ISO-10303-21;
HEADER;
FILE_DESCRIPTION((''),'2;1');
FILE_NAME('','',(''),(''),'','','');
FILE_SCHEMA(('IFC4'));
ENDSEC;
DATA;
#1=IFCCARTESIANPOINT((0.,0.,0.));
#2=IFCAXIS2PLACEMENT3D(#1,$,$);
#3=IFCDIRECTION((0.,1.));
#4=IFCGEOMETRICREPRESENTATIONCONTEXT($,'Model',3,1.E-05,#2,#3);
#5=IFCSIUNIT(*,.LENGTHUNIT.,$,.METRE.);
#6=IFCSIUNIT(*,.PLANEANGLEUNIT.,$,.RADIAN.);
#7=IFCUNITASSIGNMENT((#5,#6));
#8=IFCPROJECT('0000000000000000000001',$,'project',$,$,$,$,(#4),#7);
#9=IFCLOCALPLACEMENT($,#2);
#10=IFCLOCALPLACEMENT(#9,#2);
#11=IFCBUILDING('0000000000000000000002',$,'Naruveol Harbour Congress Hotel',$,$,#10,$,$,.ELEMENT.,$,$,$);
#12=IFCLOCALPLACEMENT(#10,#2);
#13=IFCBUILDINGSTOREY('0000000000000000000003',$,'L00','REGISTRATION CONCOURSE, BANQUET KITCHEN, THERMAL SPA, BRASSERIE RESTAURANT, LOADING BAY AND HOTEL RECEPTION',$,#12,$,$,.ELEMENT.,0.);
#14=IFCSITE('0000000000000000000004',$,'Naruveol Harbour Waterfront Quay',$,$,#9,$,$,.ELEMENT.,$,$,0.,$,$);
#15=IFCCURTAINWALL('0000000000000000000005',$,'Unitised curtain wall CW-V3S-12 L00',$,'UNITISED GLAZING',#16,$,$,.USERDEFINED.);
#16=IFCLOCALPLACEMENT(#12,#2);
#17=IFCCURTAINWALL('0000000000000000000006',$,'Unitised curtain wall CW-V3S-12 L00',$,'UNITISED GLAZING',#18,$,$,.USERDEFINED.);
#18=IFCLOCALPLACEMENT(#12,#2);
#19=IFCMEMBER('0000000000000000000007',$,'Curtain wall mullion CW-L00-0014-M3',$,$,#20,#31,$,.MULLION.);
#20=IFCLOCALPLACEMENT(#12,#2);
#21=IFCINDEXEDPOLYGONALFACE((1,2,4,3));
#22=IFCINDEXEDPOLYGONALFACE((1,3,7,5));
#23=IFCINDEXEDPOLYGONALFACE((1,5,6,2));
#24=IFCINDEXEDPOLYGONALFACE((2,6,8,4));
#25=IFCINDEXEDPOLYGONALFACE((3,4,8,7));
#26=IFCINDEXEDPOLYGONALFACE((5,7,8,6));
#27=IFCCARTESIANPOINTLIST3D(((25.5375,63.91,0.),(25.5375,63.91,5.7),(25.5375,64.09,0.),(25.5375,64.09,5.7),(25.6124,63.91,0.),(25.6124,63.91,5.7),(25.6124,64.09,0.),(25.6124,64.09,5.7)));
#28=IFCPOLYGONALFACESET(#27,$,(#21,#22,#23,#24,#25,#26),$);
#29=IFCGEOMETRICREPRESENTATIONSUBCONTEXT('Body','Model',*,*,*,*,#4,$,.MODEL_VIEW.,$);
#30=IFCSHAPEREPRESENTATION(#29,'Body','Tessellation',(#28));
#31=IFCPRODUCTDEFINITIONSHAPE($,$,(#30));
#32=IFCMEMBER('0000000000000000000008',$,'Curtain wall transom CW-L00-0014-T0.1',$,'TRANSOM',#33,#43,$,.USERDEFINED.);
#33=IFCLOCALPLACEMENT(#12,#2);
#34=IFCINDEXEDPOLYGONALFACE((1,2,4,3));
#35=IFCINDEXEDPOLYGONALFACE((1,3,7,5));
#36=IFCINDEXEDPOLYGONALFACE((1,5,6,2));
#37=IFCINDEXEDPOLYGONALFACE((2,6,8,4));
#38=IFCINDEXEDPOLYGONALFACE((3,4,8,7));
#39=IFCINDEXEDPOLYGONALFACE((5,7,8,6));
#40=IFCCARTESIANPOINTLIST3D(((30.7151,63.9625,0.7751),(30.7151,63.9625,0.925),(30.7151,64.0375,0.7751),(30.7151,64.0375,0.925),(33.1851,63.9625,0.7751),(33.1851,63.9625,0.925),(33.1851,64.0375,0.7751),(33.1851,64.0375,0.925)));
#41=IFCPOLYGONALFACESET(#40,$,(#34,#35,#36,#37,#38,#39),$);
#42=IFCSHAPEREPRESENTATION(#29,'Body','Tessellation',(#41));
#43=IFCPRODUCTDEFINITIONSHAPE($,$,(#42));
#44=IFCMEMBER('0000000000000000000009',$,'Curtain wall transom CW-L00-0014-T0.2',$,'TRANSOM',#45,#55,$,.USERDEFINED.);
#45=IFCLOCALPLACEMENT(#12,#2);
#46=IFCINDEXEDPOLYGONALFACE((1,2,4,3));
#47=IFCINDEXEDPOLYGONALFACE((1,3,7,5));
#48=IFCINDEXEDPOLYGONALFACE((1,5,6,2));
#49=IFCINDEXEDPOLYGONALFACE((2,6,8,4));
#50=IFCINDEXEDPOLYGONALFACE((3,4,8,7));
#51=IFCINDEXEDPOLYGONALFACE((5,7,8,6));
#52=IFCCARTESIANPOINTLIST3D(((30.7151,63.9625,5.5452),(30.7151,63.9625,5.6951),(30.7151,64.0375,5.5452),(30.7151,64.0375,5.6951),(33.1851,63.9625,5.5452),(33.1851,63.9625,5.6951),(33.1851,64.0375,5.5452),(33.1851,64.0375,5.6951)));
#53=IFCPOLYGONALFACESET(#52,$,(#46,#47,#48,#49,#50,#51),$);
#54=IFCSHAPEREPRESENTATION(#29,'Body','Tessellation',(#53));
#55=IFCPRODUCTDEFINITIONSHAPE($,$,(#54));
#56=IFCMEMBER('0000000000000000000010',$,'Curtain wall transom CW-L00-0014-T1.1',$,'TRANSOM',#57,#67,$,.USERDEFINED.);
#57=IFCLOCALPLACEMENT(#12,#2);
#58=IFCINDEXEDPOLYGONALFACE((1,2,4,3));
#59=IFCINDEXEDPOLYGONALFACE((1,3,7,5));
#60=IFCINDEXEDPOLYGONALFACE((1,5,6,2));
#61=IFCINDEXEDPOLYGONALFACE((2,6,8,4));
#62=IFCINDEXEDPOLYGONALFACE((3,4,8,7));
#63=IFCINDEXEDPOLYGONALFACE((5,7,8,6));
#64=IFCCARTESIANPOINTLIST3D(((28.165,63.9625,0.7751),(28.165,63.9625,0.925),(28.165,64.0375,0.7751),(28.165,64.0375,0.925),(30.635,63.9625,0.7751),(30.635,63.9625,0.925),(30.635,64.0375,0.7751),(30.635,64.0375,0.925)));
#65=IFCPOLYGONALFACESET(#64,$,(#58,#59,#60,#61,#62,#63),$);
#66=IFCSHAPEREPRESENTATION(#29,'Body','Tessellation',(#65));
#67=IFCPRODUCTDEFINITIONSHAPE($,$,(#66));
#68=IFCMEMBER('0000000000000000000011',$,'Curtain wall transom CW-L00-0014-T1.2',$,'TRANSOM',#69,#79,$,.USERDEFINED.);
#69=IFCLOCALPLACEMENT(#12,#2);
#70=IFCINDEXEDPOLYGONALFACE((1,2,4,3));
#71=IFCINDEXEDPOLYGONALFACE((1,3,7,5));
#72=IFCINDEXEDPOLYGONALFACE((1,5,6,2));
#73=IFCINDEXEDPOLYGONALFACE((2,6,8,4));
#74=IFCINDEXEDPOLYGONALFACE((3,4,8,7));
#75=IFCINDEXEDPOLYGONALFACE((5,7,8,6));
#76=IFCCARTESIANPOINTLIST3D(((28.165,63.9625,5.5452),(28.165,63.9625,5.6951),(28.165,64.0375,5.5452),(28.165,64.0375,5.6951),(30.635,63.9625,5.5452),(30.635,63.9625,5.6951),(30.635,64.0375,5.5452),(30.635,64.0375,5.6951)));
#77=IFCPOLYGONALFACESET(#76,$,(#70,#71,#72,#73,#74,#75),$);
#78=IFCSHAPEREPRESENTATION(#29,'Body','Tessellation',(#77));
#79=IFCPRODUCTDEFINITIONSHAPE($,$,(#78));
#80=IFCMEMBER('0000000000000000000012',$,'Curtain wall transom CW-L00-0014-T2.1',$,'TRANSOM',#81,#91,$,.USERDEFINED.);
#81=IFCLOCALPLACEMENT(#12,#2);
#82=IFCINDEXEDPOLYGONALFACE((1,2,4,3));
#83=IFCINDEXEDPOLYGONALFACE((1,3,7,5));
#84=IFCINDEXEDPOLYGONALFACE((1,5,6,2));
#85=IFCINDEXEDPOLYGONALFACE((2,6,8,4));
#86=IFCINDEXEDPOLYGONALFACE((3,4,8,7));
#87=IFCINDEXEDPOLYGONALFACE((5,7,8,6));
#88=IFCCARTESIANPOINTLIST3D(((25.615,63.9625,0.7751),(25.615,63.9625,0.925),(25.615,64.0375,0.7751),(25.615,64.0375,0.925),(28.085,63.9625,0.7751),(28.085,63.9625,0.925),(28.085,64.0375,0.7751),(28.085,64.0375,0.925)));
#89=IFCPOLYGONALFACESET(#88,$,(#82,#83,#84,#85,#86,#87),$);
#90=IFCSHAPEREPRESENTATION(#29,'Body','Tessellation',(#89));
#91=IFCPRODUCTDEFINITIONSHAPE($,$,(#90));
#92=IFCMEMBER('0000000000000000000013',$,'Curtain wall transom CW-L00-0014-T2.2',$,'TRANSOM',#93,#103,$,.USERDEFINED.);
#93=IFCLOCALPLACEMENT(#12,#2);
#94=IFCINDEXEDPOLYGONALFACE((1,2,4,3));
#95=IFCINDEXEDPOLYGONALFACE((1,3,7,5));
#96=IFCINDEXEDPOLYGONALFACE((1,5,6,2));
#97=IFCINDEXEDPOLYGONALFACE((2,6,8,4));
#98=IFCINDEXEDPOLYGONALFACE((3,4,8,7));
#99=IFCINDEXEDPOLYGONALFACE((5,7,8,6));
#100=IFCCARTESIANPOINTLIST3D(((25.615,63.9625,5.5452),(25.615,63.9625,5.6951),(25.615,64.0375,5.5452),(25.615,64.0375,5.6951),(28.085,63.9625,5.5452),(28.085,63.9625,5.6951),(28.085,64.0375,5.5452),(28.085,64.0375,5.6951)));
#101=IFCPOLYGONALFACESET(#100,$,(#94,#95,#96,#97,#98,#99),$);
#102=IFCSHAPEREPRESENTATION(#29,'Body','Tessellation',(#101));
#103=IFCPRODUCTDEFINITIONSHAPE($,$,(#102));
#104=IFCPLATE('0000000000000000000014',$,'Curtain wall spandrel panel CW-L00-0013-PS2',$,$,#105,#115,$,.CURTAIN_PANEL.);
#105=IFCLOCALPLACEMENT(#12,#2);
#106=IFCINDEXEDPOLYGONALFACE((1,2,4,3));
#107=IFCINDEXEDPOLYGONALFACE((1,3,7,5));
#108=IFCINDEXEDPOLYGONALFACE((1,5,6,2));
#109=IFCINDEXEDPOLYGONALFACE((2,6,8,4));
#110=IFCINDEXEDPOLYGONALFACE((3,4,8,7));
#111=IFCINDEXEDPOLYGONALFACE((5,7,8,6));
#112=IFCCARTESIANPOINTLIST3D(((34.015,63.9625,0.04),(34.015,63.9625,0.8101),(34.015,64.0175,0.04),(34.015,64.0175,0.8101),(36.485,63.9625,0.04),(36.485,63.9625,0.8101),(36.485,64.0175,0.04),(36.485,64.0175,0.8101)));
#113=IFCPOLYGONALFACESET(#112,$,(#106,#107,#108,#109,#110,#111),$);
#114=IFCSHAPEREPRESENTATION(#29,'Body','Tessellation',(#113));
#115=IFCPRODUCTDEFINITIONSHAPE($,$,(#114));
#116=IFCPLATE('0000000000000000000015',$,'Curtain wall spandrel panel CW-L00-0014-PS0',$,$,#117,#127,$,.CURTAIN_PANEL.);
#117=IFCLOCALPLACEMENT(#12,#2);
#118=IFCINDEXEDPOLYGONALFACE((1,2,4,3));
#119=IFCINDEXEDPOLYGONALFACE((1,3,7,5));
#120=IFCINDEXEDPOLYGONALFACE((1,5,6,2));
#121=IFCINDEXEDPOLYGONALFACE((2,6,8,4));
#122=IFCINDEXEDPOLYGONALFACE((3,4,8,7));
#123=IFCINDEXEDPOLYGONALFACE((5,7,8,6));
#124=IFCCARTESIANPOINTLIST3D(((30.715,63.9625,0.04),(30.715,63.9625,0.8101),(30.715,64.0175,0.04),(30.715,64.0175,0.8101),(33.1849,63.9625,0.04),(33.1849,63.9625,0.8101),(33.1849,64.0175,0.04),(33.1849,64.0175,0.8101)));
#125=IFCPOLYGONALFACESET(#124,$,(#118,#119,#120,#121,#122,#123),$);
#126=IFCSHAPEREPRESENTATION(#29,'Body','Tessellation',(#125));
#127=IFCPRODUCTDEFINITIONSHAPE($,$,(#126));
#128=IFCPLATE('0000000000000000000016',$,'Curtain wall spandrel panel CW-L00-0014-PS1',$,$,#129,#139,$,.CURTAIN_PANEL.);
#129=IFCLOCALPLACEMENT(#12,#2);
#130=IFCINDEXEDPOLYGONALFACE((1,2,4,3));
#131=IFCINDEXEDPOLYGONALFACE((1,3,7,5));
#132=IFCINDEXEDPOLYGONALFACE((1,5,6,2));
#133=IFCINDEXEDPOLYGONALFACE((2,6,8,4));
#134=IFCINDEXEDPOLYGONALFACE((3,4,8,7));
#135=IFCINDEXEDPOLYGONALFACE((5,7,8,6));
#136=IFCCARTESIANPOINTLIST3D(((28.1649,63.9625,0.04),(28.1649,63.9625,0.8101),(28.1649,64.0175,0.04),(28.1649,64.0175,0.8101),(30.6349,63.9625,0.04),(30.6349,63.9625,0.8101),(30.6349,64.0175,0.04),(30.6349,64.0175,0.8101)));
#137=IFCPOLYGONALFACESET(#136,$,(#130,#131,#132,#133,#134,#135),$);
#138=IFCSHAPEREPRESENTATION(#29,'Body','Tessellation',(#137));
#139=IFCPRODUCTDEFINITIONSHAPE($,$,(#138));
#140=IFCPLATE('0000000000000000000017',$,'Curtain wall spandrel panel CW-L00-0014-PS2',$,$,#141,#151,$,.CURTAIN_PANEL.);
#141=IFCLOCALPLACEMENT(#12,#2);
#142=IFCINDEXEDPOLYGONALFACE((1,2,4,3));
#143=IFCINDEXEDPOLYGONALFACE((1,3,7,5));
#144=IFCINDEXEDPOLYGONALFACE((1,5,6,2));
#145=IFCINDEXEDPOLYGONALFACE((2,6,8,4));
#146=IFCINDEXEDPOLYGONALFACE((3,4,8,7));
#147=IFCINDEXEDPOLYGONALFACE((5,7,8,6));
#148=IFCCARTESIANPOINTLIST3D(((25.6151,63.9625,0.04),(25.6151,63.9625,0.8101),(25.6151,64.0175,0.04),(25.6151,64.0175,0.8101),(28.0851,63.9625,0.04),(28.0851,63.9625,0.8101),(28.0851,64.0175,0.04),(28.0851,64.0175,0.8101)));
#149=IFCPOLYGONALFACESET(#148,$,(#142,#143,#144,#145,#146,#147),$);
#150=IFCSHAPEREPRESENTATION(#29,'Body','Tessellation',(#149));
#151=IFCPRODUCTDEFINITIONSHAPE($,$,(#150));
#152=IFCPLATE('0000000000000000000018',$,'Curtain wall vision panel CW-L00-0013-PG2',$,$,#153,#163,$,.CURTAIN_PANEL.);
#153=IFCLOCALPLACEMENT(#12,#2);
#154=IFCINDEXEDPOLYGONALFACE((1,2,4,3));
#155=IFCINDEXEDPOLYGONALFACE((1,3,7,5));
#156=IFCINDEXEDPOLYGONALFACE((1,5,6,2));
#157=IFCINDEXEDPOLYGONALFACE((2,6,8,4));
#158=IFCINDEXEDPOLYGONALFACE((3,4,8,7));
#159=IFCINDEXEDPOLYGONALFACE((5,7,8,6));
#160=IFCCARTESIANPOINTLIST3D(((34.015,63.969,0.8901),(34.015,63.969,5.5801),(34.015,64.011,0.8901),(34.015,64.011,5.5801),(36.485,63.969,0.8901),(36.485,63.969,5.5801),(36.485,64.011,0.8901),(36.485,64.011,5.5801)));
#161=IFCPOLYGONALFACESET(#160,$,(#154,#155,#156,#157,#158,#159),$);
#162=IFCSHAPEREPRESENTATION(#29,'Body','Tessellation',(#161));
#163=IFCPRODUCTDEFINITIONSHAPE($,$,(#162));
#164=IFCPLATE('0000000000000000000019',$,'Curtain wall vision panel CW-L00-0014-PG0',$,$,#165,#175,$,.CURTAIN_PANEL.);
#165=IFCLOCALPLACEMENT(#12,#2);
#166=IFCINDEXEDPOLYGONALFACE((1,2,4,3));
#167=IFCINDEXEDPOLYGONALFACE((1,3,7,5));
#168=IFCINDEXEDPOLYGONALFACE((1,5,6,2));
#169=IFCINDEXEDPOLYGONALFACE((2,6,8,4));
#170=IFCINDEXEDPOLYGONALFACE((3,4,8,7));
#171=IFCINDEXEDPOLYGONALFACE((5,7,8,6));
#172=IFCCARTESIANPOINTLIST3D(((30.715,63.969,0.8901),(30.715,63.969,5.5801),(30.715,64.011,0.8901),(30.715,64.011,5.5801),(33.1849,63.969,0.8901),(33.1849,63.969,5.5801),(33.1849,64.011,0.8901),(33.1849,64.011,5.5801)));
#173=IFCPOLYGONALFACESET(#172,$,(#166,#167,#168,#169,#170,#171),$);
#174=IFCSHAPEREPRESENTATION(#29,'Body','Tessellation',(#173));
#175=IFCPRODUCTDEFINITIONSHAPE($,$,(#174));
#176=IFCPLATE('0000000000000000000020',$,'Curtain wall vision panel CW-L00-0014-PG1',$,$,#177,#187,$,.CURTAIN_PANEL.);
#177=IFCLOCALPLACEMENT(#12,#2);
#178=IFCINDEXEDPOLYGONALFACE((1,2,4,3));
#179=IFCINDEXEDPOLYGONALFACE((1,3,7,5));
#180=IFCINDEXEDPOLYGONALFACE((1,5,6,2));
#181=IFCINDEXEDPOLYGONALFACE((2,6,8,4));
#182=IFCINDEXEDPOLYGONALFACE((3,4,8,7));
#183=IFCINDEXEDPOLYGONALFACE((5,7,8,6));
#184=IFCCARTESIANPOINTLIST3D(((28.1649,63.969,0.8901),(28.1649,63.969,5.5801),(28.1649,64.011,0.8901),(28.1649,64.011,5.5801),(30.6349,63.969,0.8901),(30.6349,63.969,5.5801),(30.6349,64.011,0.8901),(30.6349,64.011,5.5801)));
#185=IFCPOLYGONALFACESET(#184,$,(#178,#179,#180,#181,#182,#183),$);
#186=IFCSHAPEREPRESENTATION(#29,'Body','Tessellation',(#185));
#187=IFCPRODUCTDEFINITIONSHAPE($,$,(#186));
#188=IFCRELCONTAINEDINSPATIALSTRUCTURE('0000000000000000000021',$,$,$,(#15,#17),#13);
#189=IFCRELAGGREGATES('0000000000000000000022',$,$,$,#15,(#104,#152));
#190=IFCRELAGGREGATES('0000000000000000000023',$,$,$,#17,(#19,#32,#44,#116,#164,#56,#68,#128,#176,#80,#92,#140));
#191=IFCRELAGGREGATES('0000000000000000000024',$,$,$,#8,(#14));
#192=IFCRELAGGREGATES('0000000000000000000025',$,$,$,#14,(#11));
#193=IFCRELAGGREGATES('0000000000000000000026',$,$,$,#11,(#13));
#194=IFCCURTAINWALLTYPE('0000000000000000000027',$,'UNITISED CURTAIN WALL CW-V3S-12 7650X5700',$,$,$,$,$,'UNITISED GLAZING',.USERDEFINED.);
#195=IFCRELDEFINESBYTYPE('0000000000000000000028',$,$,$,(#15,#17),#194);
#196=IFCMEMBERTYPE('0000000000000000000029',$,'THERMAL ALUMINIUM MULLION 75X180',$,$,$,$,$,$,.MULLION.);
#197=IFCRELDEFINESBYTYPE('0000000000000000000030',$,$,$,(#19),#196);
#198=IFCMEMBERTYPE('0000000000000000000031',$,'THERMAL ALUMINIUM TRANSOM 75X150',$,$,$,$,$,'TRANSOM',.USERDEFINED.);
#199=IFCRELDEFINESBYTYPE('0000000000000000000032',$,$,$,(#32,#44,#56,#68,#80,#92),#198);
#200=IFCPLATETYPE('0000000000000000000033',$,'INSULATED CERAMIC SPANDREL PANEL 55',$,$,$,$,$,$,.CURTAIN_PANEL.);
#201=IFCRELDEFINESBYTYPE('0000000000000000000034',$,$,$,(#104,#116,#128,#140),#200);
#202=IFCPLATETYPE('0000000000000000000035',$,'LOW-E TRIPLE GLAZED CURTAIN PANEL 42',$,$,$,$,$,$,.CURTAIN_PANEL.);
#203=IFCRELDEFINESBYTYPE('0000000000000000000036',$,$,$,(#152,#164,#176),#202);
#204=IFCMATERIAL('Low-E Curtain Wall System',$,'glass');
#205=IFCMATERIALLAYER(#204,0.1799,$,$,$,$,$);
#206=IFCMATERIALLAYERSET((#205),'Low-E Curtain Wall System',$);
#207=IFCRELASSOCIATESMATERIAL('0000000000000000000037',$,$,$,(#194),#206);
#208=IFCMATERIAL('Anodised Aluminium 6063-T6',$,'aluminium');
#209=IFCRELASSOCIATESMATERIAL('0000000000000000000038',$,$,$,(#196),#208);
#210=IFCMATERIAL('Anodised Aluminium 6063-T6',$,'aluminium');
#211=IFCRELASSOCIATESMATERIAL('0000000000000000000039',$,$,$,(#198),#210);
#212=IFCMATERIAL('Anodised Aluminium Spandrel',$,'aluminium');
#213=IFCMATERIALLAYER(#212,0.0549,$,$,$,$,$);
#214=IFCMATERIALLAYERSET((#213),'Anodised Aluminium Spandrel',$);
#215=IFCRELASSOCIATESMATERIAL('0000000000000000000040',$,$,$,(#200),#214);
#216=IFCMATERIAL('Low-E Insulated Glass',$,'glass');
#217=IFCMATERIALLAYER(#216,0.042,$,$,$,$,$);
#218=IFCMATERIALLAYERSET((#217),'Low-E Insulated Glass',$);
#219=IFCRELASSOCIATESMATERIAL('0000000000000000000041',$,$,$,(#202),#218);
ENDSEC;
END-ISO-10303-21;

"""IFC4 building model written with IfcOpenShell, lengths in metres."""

from ifc_helpers import new_model, si_unit, direction, frame, origin, origin_2d, place, context, subcontext, project, spatial, rectangle, extrude, material, layer, layer_set, material_profile, profile_set, type_object, element, aggregate, save


model = new_model("IFC4")

# Units and contexts
model_context = context("Model", 3, precision=1e-05, world=origin(), true_north=direction((0.0, 1.0)))
body_context = subcontext(model_context, "Body", "Model", "MODEL_VIEW")
ifc_project = project(units=[si_unit("LENGTHUNIT", "METRE"), si_unit("PLANEANGLEUNIT", "RADIAN")], contexts=[model_context])

# Site, building, storey
site_placement = place(None, origin())
site = spatial("IfcSite", under=ifc_project, at=site_placement, Name="Naruveol Harbour Waterfront Quay", CompositionType="ELEMENT", RefElevation=0.0)
building_placement = place(site_placement, origin())
building = spatial("IfcBuilding", under=site, at=building_placement, Name="Naruveol Harbour Congress Hotel", CompositionType="ELEMENT")
storey_placement = place(building_placement, origin())
storey = spatial("IfcBuildingStorey", under=building, at=storey_placement, Name="L00", Description="REGISTRATION CONCOURSE, BANQUET KITCHEN, THERMAL SPA, BRASSERIE RESTAURANT, LOADING BAY AND HOTEL RECEPTION", CompositionType="ELEMENT", Elevation=0.0)

# Curtain wall
ifc_material_1 = material(Name="Low-E Curtain Wall System", Category="glass")
ifc_layer_1 = layer(ifc_material_1, 0.1799)
ifc_layer_set_1 = layer_set([ifc_layer_1], Name="Low-E Curtain Wall System")
curtain_wall_type = type_object("IfcCurtainWallType", Name="UNITISED CURTAIN WALL CW-V3S-12 7650X5700", ElementType="UNITISED GLAZING", PredefinedType="USERDEFINED", material=ifc_layer_set_1)
curtain_wall_1_placement = place(storey_placement, origin())
curtain_wall_1 = element("IfcCurtainWall", 1, at=curtain_wall_1_placement, inside=storey, type_object=curtain_wall_type, Name="Unitised curtain wall CW-V3S-12 L00", ObjectType="UNITISED GLAZING", PredefinedType="USERDEFINED")
ifc_material_2 = material(Name="Anodised Aluminium 6063-T6", Category="aluminium")
ifc_material_profile_1 = material_profile(ifc_material_2, rectangle(XDim=0.075, YDim=0.1799, at=origin_2d()), Name="ALU-75x180")
ifc_profile_set_1 = profile_set([ifc_material_profile_1], Name="Anodised Aluminium 6063-T6")
member_type_1 = type_object("IfcMemberType", Name="THERMAL ALUMINIUM MULLION 75X180", PredefinedType="MULLION", material=ifc_profile_set_1)

# Curtain wall, members
curtain_wall_2_placement = place(storey_placement, origin())
curtain_wall_2 = element("IfcCurtainWall", 2, at=curtain_wall_2_placement, inside=storey, type_object=curtain_wall_type, Name="Unitised curtain wall CW-V3S-12 L00", ObjectType="UNITISED GLAZING", PredefinedType="USERDEFINED")
member_1_placement = place(storey_placement, frame((25.575, 64.0, 0.0), z_axis=(0.0, 0.0, 1.0), x_axis=(1.0, 0.0, 0.0)))
member_1 = element("IfcMember", 3, at=member_1_placement, type_object=member_type_1, Name="Curtain wall mullion CW-L00-0014-M3", PredefinedType="MULLION", context=body_context, shape_type="SweptSolid", body=[
    extrude(rectangle(XDim=0.075, YDim=0.1799, at=origin_2d()), origin(), (0.0, 0.0, 1.0), 5.7),
])
ifc_material_3 = material(Name="Anodised Aluminium 6063-T6", Category="aluminium")
ifc_material_profile_2 = material_profile(ifc_material_3, rectangle(XDim=0.075, YDim=0.1499, at=origin_2d()), Name="ALU-75x150")
ifc_profile_set_2 = profile_set([ifc_material_profile_2], Name="Anodised Aluminium 6063-T6")
member_type_2 = type_object("IfcMemberType", Name="THERMAL ALUMINIUM TRANSOM 75X150", ElementType="TRANSOM", PredefinedType="USERDEFINED", material=ifc_profile_set_2)
member_2_placement = place(storey_placement, frame((33.1851, 64.0, 0.8501), z_axis=(-1.0, 0.0, 0.0), x_axis=(0.0, -1.0, 0.0)))
member_2 = element("IfcMember", 4, at=member_2_placement, type_object=member_type_2, Name="Curtain wall transom CW-L00-0014-T0.1", ObjectType="TRANSOM", PredefinedType="USERDEFINED", context=body_context, shape_type="SweptSolid", body=[
    extrude(rectangle(XDim=0.075, YDim=0.1499, at=origin_2d()), origin(), (0.0, 0.0, 1.0), 2.47),
])
member_3_placement = place(storey_placement, frame((33.1851, 64.0, 5.6201), z_axis=(-1.0, 0.0, 0.0), x_axis=(0.0, -1.0, 0.0)))
member_3 = element("IfcMember", 5, at=member_3_placement, type_object=member_type_2, Name="Curtain wall transom CW-L00-0014-T0.2", ObjectType="TRANSOM", PredefinedType="USERDEFINED", context=body_context, shape_type="SweptSolid", body=[
    extrude(rectangle(XDim=0.075, YDim=0.1499, at=origin_2d()), origin(), (0.0, 0.0, 1.0), 2.47),
])
member_4_placement = place(storey_placement, frame((30.635, 64.0, 0.8501), z_axis=(-1.0, 0.0, 0.0), x_axis=(0.0, -1.0, 0.0)))
member_4 = element("IfcMember", 6, at=member_4_placement, type_object=member_type_2, Name="Curtain wall transom CW-L00-0014-T1.1", ObjectType="TRANSOM", PredefinedType="USERDEFINED", context=body_context, shape_type="SweptSolid", body=[
    extrude(rectangle(XDim=0.075, YDim=0.1499, at=origin_2d()), origin(), (0.0, 0.0, 1.0), 2.47),
])
member_5_placement = place(storey_placement, frame((30.635, 64.0, 5.6201), z_axis=(-1.0, 0.0, 0.0), x_axis=(0.0, -1.0, 0.0)))
member_5 = element("IfcMember", 7, at=member_5_placement, type_object=member_type_2, Name="Curtain wall transom CW-L00-0014-T1.2", ObjectType="TRANSOM", PredefinedType="USERDEFINED", context=body_context, shape_type="SweptSolid", body=[
    extrude(rectangle(XDim=0.075, YDim=0.1499, at=origin_2d()), origin(), (0.0, 0.0, 1.0), 2.47),
])
member_6_placement = place(storey_placement, frame((28.085, 64.0, 0.8501), z_axis=(-1.0, 0.0, 0.0), x_axis=(0.0, -1.0, 0.0)))
member_6 = element("IfcMember", 8, at=member_6_placement, type_object=member_type_2, Name="Curtain wall transom CW-L00-0014-T2.1", ObjectType="TRANSOM", PredefinedType="USERDEFINED", context=body_context, shape_type="SweptSolid", body=[
    extrude(rectangle(XDim=0.075, YDim=0.1499, at=origin_2d()), origin(), (0.0, 0.0, 1.0), 2.47),
])
member_7_placement = place(storey_placement, frame((28.085, 64.0, 5.6201), z_axis=(-1.0, 0.0, 0.0), x_axis=(0.0, -1.0, 0.0)))
member_7 = element("IfcMember", 9, at=member_7_placement, type_object=member_type_2, Name="Curtain wall transom CW-L00-0014-T2.2", ObjectType="TRANSOM", PredefinedType="USERDEFINED", context=body_context, shape_type="SweptSolid", body=[
    extrude(rectangle(XDim=0.075, YDim=0.1499, at=origin_2d()), origin(), (0.0, 0.0, 1.0), 2.47),
])

# Plates
ifc_material_4 = material(Name="Anodised Aluminium Spandrel", Category="aluminium")
ifc_layer_2 = layer(ifc_material_4, 0.0549)
ifc_layer_set_2 = layer_set([ifc_layer_2], Name="Anodised Aluminium Spandrel")
plate_type_1 = type_object("IfcPlateType", Name="INSULATED CERAMIC SPANDREL PANEL 55", PredefinedType="CURTAIN_PANEL", material=ifc_layer_set_2)
plate_1_placement = place(storey_placement, frame((35.25, 63.99, 0.04), z_axis=(0.0, 0.0, 1.0), x_axis=(-1.0, 0.0, 0.0)))
plate_1 = element("IfcPlate", 10, at=plate_1_placement, type_object=plate_type_1, Name="Curtain wall spandrel panel CW-L00-0013-PS2", PredefinedType="CURTAIN_PANEL", context=body_context, shape_type="SweptSolid", body=[
    extrude(rectangle(XDim=2.47, YDim=0.0549, at=origin_2d()), origin(), (0.0, 0.0, 1.0), 0.77),
])
plate_2_placement = place(storey_placement, frame((31.95, 63.99, 0.04), z_axis=(0.0, 0.0, 1.0), x_axis=(-1.0, 0.0, 0.0)))
plate_2 = element("IfcPlate", 11, at=plate_2_placement, type_object=plate_type_1, Name="Curtain wall spandrel panel CW-L00-0014-PS0", PredefinedType="CURTAIN_PANEL", context=body_context, shape_type="SweptSolid", body=[
    extrude(rectangle(XDim=2.47, YDim=0.0549, at=origin_2d()), origin(), (0.0, 0.0, 1.0), 0.77),
])
plate_3_placement = place(storey_placement, frame((29.3999, 63.99, 0.04), z_axis=(0.0, 0.0, 1.0), x_axis=(-1.0, 0.0, 0.0)))
plate_3 = element("IfcPlate", 12, at=plate_3_placement, type_object=plate_type_1, Name="Curtain wall spandrel panel CW-L00-0014-PS1", PredefinedType="CURTAIN_PANEL", context=body_context, shape_type="SweptSolid", body=[
    extrude(rectangle(XDim=2.47, YDim=0.0549, at=origin_2d()), origin(), (0.0, 0.0, 1.0), 0.77),
])
plate_4_placement = place(storey_placement, frame((26.8501, 63.99, 0.04), z_axis=(0.0, 0.0, 1.0), x_axis=(-1.0, 0.0, 0.0)))
plate_4 = element("IfcPlate", 13, at=plate_4_placement, type_object=plate_type_1, Name="Curtain wall spandrel panel CW-L00-0014-PS2", PredefinedType="CURTAIN_PANEL", context=body_context, shape_type="SweptSolid", body=[
    extrude(rectangle(XDim=2.47, YDim=0.0549, at=origin_2d()), origin(), (0.0, 0.0, 1.0), 0.77),
])
ifc_material_5 = material(Name="Low-E Insulated Glass", Category="glass")
ifc_layer_3 = layer(ifc_material_5, 0.042)
ifc_layer_set_3 = layer_set([ifc_layer_3], Name="Low-E Insulated Glass")
plate_type_2 = type_object("IfcPlateType", Name="LOW-E TRIPLE GLAZED CURTAIN PANEL 42", PredefinedType="CURTAIN_PANEL", material=ifc_layer_set_3)
plate_5_placement = place(storey_placement, frame((35.25, 63.99, 0.8901), z_axis=(0.0, 0.0, 1.0), x_axis=(-1.0, 0.0, 0.0)))
plate_5 = element("IfcPlate", 14, at=plate_5_placement, type_object=plate_type_2, Name="Curtain wall vision panel CW-L00-0013-PG2", PredefinedType="CURTAIN_PANEL", context=body_context, shape_type="SweptSolid", body=[
    extrude(rectangle(XDim=2.47, YDim=0.042, at=origin_2d()), origin(), (0.0, 0.0, 1.0), 4.6899),
])
aggregate(curtain_wall_1, [plate_1, plate_5])
plate_6_placement = place(storey_placement, frame((31.95, 63.99, 0.8901), z_axis=(0.0, 0.0, 1.0), x_axis=(-1.0, 0.0, 0.0)))
plate_6 = element("IfcPlate", 15, at=plate_6_placement, type_object=plate_type_2, Name="Curtain wall vision panel CW-L00-0014-PG0", PredefinedType="CURTAIN_PANEL", context=body_context, shape_type="SweptSolid", body=[
    extrude(rectangle(XDim=2.47, YDim=0.042, at=origin_2d()), origin(), (0.0, 0.0, 1.0), 4.6899),
])
plate_7_placement = place(storey_placement, frame((29.3999, 63.99, 0.8901), z_axis=(0.0, 0.0, 1.0), x_axis=(-1.0, 0.0, 0.0)))
plate_7 = element("IfcPlate", 16, at=plate_7_placement, type_object=plate_type_2, Name="Curtain wall vision panel CW-L00-0014-PG1", PredefinedType="CURTAIN_PANEL", context=body_context, shape_type="SweptSolid", body=[
    extrude(rectangle(XDim=2.47, YDim=0.042, at=origin_2d()), origin(), (0.0, 0.0, 1.0), 4.6899),
])
aggregate(curtain_wall_2, [member_1, member_2, member_3, plate_2, plate_6, member_4, member_5, plate_3, plate_7, member_6, member_7, plate_4])

save(model, "model.ifc")
